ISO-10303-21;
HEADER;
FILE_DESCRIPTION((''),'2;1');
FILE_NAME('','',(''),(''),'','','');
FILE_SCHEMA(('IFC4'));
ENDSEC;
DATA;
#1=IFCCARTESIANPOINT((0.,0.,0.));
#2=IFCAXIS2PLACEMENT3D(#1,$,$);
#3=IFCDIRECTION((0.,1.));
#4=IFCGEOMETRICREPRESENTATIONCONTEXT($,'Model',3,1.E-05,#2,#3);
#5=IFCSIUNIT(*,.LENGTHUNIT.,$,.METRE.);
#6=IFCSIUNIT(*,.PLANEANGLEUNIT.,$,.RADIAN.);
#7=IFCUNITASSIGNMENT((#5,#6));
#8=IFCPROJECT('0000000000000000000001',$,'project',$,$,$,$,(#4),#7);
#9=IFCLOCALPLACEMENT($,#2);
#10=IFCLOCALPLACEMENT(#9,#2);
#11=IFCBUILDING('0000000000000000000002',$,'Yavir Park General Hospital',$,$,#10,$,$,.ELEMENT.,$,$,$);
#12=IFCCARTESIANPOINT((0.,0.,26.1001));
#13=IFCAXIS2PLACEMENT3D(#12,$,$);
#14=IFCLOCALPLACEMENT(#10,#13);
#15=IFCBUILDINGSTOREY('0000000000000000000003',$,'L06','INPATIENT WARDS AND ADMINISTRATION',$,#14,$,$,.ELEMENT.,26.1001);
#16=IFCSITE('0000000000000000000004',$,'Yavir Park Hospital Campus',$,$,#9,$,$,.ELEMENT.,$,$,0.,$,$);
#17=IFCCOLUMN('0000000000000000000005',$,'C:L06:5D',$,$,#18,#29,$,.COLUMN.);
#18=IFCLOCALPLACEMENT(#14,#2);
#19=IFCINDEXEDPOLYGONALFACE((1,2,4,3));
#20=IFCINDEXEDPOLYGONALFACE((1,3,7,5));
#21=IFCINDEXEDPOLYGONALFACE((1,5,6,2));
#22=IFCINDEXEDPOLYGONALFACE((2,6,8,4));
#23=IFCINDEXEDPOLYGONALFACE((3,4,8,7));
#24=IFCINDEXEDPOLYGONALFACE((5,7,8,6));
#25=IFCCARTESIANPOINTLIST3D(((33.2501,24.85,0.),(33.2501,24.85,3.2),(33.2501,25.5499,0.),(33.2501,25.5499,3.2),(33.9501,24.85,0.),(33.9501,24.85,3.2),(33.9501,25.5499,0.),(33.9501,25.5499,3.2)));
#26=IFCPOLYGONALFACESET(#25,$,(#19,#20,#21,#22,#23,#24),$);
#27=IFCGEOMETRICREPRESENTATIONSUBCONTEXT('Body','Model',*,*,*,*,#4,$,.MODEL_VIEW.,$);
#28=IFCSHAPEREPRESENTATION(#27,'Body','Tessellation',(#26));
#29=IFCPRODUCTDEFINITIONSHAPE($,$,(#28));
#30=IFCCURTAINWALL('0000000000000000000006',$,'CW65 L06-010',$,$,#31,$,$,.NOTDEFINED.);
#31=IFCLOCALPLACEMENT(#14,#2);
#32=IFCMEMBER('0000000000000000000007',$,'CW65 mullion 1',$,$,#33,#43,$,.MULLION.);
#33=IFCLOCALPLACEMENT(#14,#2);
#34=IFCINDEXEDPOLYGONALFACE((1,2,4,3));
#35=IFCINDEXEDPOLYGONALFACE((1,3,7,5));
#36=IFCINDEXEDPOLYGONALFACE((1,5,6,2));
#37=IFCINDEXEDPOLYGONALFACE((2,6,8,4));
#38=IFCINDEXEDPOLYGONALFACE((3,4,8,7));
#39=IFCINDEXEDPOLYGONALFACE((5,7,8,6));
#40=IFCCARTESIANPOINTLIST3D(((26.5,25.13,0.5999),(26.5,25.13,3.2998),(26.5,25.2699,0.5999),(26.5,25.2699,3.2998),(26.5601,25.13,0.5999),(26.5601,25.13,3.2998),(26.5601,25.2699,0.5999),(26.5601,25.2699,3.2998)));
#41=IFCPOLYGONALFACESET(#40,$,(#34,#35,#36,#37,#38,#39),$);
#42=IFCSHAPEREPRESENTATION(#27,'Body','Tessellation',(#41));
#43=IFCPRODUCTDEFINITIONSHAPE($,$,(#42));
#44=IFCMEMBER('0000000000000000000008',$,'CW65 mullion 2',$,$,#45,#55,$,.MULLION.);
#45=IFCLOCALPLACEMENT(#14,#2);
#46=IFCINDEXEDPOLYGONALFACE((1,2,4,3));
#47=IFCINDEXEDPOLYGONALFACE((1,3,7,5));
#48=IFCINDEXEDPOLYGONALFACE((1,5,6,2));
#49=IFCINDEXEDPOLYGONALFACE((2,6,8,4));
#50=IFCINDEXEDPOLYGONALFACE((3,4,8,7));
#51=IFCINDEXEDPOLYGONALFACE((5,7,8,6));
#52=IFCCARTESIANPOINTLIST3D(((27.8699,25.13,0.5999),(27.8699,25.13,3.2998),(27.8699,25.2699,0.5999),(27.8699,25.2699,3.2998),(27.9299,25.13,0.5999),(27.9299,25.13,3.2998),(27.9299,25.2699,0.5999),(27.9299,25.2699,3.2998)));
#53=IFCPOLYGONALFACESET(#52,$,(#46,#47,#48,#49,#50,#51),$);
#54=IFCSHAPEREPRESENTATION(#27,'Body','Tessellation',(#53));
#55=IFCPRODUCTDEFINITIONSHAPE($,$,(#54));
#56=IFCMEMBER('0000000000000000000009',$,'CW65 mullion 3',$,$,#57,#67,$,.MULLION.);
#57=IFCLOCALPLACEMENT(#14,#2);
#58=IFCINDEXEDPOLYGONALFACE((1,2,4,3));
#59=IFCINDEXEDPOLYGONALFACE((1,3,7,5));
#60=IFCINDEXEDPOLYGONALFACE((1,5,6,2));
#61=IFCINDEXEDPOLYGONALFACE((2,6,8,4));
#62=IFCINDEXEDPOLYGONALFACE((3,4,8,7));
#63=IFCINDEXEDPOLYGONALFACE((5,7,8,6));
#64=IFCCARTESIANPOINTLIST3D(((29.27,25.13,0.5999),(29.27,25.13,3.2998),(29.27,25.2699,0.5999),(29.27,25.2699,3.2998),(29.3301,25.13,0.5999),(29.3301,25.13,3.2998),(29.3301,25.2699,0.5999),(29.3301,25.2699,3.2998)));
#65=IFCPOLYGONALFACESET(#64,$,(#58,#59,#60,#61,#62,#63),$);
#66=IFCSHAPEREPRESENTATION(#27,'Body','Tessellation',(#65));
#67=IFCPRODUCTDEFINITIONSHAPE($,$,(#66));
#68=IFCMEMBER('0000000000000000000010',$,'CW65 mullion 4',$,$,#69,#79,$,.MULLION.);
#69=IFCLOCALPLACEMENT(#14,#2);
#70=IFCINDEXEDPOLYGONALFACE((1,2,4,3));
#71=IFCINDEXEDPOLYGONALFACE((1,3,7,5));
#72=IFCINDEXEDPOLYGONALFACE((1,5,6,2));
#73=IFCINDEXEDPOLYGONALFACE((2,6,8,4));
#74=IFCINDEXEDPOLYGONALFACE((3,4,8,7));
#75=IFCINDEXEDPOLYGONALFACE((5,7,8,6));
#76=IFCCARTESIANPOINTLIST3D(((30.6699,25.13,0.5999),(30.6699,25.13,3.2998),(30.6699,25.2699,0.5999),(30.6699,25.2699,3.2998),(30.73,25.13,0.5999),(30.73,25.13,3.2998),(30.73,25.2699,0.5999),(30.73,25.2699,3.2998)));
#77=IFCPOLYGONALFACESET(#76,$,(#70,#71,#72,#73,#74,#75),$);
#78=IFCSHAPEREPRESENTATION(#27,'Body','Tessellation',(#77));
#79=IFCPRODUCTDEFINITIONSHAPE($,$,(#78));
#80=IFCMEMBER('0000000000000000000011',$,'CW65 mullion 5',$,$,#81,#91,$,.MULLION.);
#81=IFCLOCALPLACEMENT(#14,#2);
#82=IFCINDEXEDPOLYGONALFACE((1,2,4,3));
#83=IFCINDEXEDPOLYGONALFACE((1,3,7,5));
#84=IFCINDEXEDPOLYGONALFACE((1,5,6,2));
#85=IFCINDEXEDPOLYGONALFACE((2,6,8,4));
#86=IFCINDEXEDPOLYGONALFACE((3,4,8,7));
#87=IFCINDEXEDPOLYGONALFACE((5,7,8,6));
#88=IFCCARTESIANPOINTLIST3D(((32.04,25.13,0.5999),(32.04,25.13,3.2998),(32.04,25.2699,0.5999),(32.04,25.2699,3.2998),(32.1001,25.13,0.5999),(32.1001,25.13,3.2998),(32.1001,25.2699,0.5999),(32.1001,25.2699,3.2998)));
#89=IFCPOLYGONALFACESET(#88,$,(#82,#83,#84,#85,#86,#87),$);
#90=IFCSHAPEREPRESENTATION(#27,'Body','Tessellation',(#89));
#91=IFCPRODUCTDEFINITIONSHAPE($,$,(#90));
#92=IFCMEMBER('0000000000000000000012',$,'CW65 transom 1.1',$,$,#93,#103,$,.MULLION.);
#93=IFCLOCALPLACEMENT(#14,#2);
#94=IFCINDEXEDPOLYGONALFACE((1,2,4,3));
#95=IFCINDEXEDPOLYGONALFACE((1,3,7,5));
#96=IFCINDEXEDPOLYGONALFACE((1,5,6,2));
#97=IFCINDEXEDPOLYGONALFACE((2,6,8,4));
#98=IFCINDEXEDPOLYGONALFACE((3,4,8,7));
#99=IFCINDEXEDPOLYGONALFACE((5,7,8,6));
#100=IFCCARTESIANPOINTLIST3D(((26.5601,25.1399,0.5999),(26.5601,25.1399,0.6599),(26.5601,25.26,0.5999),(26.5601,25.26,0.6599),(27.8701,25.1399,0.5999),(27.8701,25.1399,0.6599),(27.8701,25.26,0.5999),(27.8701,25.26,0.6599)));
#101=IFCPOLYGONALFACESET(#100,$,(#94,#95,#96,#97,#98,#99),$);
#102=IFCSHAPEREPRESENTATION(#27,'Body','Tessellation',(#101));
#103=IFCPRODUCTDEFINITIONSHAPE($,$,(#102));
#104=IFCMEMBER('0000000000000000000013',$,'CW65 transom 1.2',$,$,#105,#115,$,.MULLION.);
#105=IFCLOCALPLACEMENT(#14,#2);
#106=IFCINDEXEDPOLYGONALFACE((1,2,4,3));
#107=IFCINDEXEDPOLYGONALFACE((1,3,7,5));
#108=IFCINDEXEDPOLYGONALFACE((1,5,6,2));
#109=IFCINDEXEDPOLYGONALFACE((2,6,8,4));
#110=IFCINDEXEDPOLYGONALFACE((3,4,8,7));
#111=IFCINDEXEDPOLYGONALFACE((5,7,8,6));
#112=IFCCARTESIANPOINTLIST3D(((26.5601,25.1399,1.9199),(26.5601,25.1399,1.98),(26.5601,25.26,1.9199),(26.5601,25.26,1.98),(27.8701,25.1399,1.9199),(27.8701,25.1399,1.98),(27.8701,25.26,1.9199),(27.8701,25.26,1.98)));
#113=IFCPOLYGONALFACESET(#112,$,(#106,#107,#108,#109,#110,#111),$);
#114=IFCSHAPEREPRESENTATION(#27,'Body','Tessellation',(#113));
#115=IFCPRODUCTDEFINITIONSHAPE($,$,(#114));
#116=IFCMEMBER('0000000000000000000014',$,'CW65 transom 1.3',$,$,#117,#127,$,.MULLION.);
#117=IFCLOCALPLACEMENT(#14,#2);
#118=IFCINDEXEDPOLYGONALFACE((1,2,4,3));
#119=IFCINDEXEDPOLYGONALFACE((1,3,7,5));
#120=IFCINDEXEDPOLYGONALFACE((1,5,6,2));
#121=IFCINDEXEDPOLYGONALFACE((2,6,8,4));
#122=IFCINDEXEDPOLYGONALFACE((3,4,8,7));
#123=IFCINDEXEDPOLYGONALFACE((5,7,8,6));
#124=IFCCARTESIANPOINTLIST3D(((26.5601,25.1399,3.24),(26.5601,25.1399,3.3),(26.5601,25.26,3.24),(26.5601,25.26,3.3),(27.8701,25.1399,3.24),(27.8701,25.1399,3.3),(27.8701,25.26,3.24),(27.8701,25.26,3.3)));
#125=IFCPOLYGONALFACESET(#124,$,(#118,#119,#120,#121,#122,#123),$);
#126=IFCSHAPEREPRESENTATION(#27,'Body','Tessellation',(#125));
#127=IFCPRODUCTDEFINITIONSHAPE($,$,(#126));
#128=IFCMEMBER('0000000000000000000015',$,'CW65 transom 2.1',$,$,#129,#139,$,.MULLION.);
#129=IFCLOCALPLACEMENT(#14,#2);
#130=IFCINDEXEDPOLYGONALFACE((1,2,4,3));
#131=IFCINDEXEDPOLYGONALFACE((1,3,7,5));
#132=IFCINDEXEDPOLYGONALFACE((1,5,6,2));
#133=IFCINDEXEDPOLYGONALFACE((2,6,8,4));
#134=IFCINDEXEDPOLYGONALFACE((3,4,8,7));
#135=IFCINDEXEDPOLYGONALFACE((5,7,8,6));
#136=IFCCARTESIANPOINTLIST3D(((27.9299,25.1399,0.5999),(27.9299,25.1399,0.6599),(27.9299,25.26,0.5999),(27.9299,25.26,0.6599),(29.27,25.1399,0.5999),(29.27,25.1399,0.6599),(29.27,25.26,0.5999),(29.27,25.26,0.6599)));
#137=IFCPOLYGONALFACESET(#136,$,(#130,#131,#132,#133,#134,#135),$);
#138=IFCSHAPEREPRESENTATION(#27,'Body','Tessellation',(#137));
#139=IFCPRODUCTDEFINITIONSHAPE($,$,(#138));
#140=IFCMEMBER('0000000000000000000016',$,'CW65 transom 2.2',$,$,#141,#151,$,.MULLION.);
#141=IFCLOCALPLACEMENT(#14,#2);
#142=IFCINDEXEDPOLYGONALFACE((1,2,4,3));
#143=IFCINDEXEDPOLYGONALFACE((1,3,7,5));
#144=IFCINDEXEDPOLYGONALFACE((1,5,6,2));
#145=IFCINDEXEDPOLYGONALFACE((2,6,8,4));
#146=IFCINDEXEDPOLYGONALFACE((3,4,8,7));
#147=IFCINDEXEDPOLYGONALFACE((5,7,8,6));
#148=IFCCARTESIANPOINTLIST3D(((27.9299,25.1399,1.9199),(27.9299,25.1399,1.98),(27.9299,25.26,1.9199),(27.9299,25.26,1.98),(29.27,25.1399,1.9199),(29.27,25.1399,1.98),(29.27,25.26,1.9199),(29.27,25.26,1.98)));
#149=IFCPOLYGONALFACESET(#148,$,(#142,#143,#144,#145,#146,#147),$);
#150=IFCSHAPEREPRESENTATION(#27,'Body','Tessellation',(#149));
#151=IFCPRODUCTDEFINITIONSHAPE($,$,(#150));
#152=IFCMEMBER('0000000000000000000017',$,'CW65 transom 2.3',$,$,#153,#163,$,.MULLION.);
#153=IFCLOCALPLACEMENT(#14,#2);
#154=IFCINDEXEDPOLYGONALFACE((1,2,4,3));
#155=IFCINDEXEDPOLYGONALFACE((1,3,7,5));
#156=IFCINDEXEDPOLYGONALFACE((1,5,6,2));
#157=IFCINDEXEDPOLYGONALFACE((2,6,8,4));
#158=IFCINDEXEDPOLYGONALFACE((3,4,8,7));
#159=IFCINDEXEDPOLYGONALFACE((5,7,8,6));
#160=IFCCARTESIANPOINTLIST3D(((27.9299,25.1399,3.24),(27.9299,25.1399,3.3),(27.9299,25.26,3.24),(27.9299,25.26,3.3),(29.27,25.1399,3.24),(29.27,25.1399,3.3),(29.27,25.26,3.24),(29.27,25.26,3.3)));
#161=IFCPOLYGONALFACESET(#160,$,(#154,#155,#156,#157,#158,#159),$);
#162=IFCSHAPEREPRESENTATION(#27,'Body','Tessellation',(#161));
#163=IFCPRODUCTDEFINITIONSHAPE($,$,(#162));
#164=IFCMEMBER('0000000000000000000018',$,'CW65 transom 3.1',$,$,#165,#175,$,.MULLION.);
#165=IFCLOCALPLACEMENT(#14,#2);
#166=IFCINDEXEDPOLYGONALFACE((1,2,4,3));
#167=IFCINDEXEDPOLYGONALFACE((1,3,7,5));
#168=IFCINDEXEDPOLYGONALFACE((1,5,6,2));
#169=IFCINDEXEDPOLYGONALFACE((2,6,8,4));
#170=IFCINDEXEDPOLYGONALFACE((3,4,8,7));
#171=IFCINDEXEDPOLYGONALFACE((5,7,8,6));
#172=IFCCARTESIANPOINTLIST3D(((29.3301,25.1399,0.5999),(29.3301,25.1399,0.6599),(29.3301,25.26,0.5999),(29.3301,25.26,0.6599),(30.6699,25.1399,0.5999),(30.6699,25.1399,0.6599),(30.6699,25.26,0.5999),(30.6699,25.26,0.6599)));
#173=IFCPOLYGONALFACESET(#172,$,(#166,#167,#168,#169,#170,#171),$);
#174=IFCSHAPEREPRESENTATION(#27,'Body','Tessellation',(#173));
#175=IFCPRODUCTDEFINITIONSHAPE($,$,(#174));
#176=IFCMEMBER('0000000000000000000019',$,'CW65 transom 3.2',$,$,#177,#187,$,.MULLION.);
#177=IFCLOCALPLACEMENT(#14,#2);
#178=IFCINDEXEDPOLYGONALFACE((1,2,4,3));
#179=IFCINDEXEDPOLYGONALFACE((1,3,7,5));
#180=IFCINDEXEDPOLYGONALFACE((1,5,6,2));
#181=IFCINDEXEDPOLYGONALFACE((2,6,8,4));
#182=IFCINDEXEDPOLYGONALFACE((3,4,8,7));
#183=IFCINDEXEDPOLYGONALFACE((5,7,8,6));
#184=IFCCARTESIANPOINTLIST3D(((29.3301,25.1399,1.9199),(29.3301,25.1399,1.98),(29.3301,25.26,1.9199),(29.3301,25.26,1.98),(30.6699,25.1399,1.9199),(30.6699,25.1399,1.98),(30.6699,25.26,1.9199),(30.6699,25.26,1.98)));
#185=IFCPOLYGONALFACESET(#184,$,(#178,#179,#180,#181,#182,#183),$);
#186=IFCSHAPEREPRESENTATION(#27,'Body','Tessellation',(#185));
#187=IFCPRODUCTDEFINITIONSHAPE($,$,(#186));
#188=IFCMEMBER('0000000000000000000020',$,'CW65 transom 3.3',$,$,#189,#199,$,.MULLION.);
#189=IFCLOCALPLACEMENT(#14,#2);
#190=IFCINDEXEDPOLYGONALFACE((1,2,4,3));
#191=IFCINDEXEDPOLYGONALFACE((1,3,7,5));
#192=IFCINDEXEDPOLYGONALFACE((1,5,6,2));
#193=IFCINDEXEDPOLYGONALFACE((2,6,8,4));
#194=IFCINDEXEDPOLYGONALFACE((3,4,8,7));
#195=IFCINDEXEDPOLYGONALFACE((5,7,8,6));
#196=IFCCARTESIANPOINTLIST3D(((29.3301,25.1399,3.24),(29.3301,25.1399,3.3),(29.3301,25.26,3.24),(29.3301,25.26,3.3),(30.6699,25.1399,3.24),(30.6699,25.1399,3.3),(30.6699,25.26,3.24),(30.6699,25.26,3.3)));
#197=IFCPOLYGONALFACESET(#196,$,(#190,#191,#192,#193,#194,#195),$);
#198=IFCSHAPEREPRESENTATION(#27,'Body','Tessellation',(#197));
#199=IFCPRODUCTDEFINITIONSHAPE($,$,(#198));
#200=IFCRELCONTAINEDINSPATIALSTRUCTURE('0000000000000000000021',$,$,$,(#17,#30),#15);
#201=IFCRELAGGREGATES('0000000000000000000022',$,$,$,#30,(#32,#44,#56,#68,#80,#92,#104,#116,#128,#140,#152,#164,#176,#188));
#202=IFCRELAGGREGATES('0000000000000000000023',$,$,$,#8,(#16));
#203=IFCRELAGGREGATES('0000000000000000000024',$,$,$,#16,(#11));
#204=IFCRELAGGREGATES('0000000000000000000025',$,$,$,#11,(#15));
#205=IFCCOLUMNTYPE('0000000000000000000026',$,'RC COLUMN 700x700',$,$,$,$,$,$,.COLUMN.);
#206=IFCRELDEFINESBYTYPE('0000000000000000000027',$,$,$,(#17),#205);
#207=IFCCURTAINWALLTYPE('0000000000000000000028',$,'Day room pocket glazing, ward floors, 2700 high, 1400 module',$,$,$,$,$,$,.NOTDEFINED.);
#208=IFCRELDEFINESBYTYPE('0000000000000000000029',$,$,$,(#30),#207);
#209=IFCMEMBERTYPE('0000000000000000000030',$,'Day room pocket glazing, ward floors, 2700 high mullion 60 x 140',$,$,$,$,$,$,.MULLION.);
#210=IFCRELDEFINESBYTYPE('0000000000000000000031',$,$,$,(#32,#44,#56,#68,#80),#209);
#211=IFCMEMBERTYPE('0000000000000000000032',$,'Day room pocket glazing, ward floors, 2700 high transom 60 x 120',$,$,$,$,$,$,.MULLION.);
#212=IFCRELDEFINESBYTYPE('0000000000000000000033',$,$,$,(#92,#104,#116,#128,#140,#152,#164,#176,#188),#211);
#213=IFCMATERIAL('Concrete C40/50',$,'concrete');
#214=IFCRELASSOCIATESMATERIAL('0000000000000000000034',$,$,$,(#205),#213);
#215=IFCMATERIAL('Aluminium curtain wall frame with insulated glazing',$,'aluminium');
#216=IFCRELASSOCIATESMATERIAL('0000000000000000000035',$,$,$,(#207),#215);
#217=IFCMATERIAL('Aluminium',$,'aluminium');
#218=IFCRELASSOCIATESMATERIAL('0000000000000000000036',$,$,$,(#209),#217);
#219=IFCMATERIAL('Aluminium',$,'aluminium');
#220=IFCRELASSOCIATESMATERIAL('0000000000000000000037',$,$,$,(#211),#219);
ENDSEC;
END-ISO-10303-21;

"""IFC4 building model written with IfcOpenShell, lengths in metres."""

from ifc_helpers import new_model, si_unit, direction, frame, origin, origin_2d, place, context, subcontext, project, spatial, rectangle, extrude, material, material_profile, profile_set, type_object, element, aggregate, save


model = new_model("IFC4")

# Units and contexts
model_context = context("Model", 3, precision=1e-05, world=origin(), true_north=direction((0.0, 1.0)))
body_context = subcontext(model_context, "Body", "Model", "MODEL_VIEW")
ifc_project = project(units=[si_unit("LENGTHUNIT", "METRE"), si_unit("PLANEANGLEUNIT", "RADIAN")], contexts=[model_context])

# Site, building, storey
site_placement = place(None, origin())
site = spatial("IfcSite", under=ifc_project, at=site_placement, Name="Yavir Park Hospital Campus", CompositionType="ELEMENT", RefElevation=0.0)
building_placement = place(site_placement, origin())
building = spatial("IfcBuilding", under=site, at=building_placement, Name="Yavir Park General Hospital", CompositionType="ELEMENT")
storey_placement = place(building_placement, frame((0.0, 0.0, 26.1001)))
storey = spatial("IfcBuildingStorey", under=building, at=storey_placement, Name="L06", Description="INPATIENT WARDS AND ADMINISTRATION", CompositionType="ELEMENT", Elevation=26.1001)

# Column
ifc_material_1 = material(Name="Concrete C40/50", Category="concrete")
ifc_material_profile_1 = material_profile(ifc_material_1, rectangle(XDim=0.7, YDim=0.7, at=origin_2d()), Name="RC700x700")
ifc_profile_set_1 = profile_set([ifc_material_profile_1], Name="Concrete C40/50")
column_type = type_object("IfcColumnType", Name="RC COLUMN 700x700", PredefinedType="COLUMN", material=ifc_profile_set_1)
column_placement = place(storey_placement, frame((33.6001, 25.2, 0.0), z_axis=(0.0, 0.0, 1.0), x_axis=(1.0, 0.0, 0.0)))
element("IfcColumn", 1, at=column_placement, inside=storey, type_object=column_type, Name="C:L06:5D", PredefinedType="COLUMN", context=body_context, shape_type="SweptSolid", body=[
    extrude(rectangle(XDim=0.7, YDim=0.7, at=origin_2d()), origin(), (0.0, 0.0, 1.0), 3.2),
])

# Curtain wall, members
ifc_material_2 = material(Name="Aluminium curtain wall frame with insulated glazing", Category="aluminium")
curtain_wall_type = type_object("IfcCurtainWallType", Name="Day room pocket glazing, ward floors, 2700 high, 1400 module", PredefinedType="NOTDEFINED", material=ifc_material_2)
curtain_wall_placement = place(storey_placement, origin())
curtain_wall = element("IfcCurtainWall", 2, at=curtain_wall_placement, inside=storey, type_object=curtain_wall_type, Name="CW65 L06-010", PredefinedType="NOTDEFINED")
ifc_material_3 = material(Name="Aluminium", Category="aluminium")
ifc_material_profile_2 = material_profile(ifc_material_3, rectangle(XDim=0.1399, YDim=0.0601, at=origin_2d()), Name="AL 60x140")
ifc_profile_set_2 = profile_set([ifc_material_profile_2], Name="Aluminium")
member_type_1 = type_object("IfcMemberType", Name="Day room pocket glazing, ward floors, 2700 high mullion 60 x 140", PredefinedType="MULLION", material=ifc_profile_set_2)
member_1_placement = place(storey_placement, frame((26.53, 25.2, 0.5999), z_axis=(0.0, 0.0, 1.0), x_axis=(0.0, 1.0, 0.0)))
member_1 = element("IfcMember", 3, at=member_1_placement, type_object=member_type_1, Name="CW65 mullion 1", PredefinedType="MULLION", context=body_context, shape_type="SweptSolid", body=[
    extrude(rectangle(XDim=0.1399, YDim=0.0601, at=origin_2d()), origin(), (0.0, 0.0, 1.0), 2.7),
])
member_2_placement = place(storey_placement, frame((27.8999, 25.2, 0.5999), z_axis=(0.0, 0.0, 1.0), x_axis=(0.0, 1.0, 0.0)))
member_2 = element("IfcMember", 4, at=member_2_placement, type_object=member_type_1, Name="CW65 mullion 2", PredefinedType="MULLION", context=body_context, shape_type="SweptSolid", body=[
    extrude(rectangle(XDim=0.1399, YDim=0.0601, at=origin_2d()), origin(), (0.0, 0.0, 1.0), 2.7),
])
member_3_placement = place(storey_placement, frame((29.3, 25.2, 0.5999), z_axis=(0.0, 0.0, 1.0), x_axis=(0.0, 1.0, 0.0)))
member_3 = element("IfcMember", 5, at=member_3_placement, type_object=member_type_1, Name="CW65 mullion 3", PredefinedType="MULLION", context=body_context, shape_type="SweptSolid", body=[
    extrude(rectangle(XDim=0.1399, YDim=0.0601, at=origin_2d()), origin(), (0.0, 0.0, 1.0), 2.7),
])
member_4_placement = place(storey_placement, frame((30.7, 25.2, 0.5999), z_axis=(0.0, 0.0, 1.0), x_axis=(0.0, 1.0, 0.0)))
member_4 = element("IfcMember", 6, at=member_4_placement, type_object=member_type_1, Name="CW65 mullion 4", PredefinedType="MULLION", context=body_context, shape_type="SweptSolid", body=[
    extrude(rectangle(XDim=0.1399, YDim=0.0601, at=origin_2d()), origin(), (0.0, 0.0, 1.0), 2.7),
])
member_5_placement = place(storey_placement, frame((32.0701, 25.2, 0.5999), z_axis=(0.0, 0.0, 1.0), x_axis=(0.0, 1.0, 0.0)))
member_5 = element("IfcMember", 7, at=member_5_placement, type_object=member_type_1, Name="CW65 mullion 5", PredefinedType="MULLION", context=body_context, shape_type="SweptSolid", body=[
    extrude(rectangle(XDim=0.1399, YDim=0.0601, at=origin_2d()), origin(), (0.0, 0.0, 1.0), 2.7),
])
ifc_material_4 = material(Name="Aluminium", Category="aluminium")
ifc_material_profile_3 = material_profile(ifc_material_4, rectangle(XDim=0.1201, YDim=0.0601, at=origin_2d()), Name="AL 120x60")
ifc_profile_set_3 = profile_set([ifc_material_profile_3], Name="Aluminium")
member_type_2 = type_object("IfcMemberType", Name="Day room pocket glazing, ward floors, 2700 high transom 60 x 120", PredefinedType="MULLION", material=ifc_profile_set_3)
member_6_placement = place(storey_placement, frame((26.5601, 25.2, 0.6299), z_axis=(1.0, 0.0, 0.0), x_axis=(0.0, 1.0, 0.0)))
member_6 = element("IfcMember", 8, at=member_6_placement, type_object=member_type_2, Name="CW65 transom 1.1", PredefinedType="MULLION", context=body_context, shape_type="SweptSolid", body=[
    extrude(rectangle(XDim=0.1201, YDim=0.0601, at=origin_2d()), origin(), (0.0, 0.0, 1.0), 1.3101),
])
member_7_placement = place(storey_placement, frame((26.5601, 25.2, 1.95), z_axis=(1.0, 0.0, 0.0), x_axis=(0.0, 1.0, 0.0)))
member_7 = element("IfcMember", 9, at=member_7_placement, type_object=member_type_2, Name="CW65 transom 1.2", PredefinedType="MULLION", context=body_context, shape_type="SweptSolid", body=[
    extrude(rectangle(XDim=0.1201, YDim=0.0601, at=origin_2d()), origin(), (0.0, 0.0, 1.0), 1.3101),
])
member_8_placement = place(storey_placement, frame((26.5601, 25.2, 3.27), z_axis=(1.0, 0.0, 0.0), x_axis=(0.0, 1.0, 0.0)))
member_8 = element("IfcMember", 10, at=member_8_placement, type_object=member_type_2, Name="CW65 transom 1.3", PredefinedType="MULLION", context=body_context, shape_type="SweptSolid", body=[
    extrude(rectangle(XDim=0.1201, YDim=0.0601, at=origin_2d()), origin(), (0.0, 0.0, 1.0), 1.3101),
])
member_9_placement = place(storey_placement, frame((27.9299, 25.2, 0.6299), z_axis=(1.0, 0.0, 0.0), x_axis=(0.0, 1.0, 0.0)))
member_9 = element("IfcMember", 11, at=member_9_placement, type_object=member_type_2, Name="CW65 transom 2.1", PredefinedType="MULLION", context=body_context, shape_type="SweptSolid", body=[
    extrude(rectangle(XDim=0.1201, YDim=0.0601, at=origin_2d()), origin(), (0.0, 0.0, 1.0), 1.3401),
])
member_10_placement = place(storey_placement, frame((27.9299, 25.2, 1.95), z_axis=(1.0, 0.0, 0.0), x_axis=(0.0, 1.0, 0.0)))
member_10 = element("IfcMember", 12, at=member_10_placement, type_object=member_type_2, Name="CW65 transom 2.2", PredefinedType="MULLION", context=body_context, shape_type="SweptSolid", body=[
    extrude(rectangle(XDim=0.1201, YDim=0.0601, at=origin_2d()), origin(), (0.0, 0.0, 1.0), 1.3401),
])
member_11_placement = place(storey_placement, frame((27.9299, 25.2, 3.27), z_axis=(1.0, 0.0, 0.0), x_axis=(0.0, 1.0, 0.0)))
member_11 = element("IfcMember", 13, at=member_11_placement, type_object=member_type_2, Name="CW65 transom 2.3", PredefinedType="MULLION", context=body_context, shape_type="SweptSolid", body=[
    extrude(rectangle(XDim=0.1201, YDim=0.0601, at=origin_2d()), origin(), (0.0, 0.0, 1.0), 1.3401),
])
member_12_placement = place(storey_placement, frame((29.3301, 25.2, 0.6299), z_axis=(1.0, 0.0, 0.0), x_axis=(0.0, 1.0, 0.0)))
member_12 = element("IfcMember", 14, at=member_12_placement, type_object=member_type_2, Name="CW65 transom 3.1", PredefinedType="MULLION", context=body_context, shape_type="SweptSolid", body=[
    extrude(rectangle(XDim=0.1201, YDim=0.0601, at=origin_2d()), origin(), (0.0, 0.0, 1.0), 1.3398),
])
member_13_placement = place(storey_placement, frame((29.3301, 25.2, 1.95), z_axis=(1.0, 0.0, 0.0), x_axis=(0.0, 1.0, 0.0)))
member_13 = element("IfcMember", 15, at=member_13_placement, type_object=member_type_2, Name="CW65 transom 3.2", PredefinedType="MULLION", context=body_context, shape_type="SweptSolid", body=[
    extrude(rectangle(XDim=0.1201, YDim=0.0601, at=origin_2d()), origin(), (0.0, 0.0, 1.0), 1.3398),
])
member_14_placement = place(storey_placement, frame((29.3301, 25.2, 3.27), z_axis=(1.0, 0.0, 0.0), x_axis=(0.0, 1.0, 0.0)))
member_14 = element("IfcMember", 16, at=member_14_placement, type_object=member_type_2, Name="CW65 transom 3.3", PredefinedType="MULLION", context=body_context, shape_type="SweptSolid", body=[
    extrude(rectangle(XDim=0.1201, YDim=0.0601, at=origin_2d()), origin(), (0.0, 0.0, 1.0), 1.3398),
])

aggregate(curtain_wall, [member_1, member_2, member_3, member_4, member_5, member_6, member_7, member_8, member_9, member_10, member_11, member_12, member_13, member_14])

save(model, "model.ifc")
